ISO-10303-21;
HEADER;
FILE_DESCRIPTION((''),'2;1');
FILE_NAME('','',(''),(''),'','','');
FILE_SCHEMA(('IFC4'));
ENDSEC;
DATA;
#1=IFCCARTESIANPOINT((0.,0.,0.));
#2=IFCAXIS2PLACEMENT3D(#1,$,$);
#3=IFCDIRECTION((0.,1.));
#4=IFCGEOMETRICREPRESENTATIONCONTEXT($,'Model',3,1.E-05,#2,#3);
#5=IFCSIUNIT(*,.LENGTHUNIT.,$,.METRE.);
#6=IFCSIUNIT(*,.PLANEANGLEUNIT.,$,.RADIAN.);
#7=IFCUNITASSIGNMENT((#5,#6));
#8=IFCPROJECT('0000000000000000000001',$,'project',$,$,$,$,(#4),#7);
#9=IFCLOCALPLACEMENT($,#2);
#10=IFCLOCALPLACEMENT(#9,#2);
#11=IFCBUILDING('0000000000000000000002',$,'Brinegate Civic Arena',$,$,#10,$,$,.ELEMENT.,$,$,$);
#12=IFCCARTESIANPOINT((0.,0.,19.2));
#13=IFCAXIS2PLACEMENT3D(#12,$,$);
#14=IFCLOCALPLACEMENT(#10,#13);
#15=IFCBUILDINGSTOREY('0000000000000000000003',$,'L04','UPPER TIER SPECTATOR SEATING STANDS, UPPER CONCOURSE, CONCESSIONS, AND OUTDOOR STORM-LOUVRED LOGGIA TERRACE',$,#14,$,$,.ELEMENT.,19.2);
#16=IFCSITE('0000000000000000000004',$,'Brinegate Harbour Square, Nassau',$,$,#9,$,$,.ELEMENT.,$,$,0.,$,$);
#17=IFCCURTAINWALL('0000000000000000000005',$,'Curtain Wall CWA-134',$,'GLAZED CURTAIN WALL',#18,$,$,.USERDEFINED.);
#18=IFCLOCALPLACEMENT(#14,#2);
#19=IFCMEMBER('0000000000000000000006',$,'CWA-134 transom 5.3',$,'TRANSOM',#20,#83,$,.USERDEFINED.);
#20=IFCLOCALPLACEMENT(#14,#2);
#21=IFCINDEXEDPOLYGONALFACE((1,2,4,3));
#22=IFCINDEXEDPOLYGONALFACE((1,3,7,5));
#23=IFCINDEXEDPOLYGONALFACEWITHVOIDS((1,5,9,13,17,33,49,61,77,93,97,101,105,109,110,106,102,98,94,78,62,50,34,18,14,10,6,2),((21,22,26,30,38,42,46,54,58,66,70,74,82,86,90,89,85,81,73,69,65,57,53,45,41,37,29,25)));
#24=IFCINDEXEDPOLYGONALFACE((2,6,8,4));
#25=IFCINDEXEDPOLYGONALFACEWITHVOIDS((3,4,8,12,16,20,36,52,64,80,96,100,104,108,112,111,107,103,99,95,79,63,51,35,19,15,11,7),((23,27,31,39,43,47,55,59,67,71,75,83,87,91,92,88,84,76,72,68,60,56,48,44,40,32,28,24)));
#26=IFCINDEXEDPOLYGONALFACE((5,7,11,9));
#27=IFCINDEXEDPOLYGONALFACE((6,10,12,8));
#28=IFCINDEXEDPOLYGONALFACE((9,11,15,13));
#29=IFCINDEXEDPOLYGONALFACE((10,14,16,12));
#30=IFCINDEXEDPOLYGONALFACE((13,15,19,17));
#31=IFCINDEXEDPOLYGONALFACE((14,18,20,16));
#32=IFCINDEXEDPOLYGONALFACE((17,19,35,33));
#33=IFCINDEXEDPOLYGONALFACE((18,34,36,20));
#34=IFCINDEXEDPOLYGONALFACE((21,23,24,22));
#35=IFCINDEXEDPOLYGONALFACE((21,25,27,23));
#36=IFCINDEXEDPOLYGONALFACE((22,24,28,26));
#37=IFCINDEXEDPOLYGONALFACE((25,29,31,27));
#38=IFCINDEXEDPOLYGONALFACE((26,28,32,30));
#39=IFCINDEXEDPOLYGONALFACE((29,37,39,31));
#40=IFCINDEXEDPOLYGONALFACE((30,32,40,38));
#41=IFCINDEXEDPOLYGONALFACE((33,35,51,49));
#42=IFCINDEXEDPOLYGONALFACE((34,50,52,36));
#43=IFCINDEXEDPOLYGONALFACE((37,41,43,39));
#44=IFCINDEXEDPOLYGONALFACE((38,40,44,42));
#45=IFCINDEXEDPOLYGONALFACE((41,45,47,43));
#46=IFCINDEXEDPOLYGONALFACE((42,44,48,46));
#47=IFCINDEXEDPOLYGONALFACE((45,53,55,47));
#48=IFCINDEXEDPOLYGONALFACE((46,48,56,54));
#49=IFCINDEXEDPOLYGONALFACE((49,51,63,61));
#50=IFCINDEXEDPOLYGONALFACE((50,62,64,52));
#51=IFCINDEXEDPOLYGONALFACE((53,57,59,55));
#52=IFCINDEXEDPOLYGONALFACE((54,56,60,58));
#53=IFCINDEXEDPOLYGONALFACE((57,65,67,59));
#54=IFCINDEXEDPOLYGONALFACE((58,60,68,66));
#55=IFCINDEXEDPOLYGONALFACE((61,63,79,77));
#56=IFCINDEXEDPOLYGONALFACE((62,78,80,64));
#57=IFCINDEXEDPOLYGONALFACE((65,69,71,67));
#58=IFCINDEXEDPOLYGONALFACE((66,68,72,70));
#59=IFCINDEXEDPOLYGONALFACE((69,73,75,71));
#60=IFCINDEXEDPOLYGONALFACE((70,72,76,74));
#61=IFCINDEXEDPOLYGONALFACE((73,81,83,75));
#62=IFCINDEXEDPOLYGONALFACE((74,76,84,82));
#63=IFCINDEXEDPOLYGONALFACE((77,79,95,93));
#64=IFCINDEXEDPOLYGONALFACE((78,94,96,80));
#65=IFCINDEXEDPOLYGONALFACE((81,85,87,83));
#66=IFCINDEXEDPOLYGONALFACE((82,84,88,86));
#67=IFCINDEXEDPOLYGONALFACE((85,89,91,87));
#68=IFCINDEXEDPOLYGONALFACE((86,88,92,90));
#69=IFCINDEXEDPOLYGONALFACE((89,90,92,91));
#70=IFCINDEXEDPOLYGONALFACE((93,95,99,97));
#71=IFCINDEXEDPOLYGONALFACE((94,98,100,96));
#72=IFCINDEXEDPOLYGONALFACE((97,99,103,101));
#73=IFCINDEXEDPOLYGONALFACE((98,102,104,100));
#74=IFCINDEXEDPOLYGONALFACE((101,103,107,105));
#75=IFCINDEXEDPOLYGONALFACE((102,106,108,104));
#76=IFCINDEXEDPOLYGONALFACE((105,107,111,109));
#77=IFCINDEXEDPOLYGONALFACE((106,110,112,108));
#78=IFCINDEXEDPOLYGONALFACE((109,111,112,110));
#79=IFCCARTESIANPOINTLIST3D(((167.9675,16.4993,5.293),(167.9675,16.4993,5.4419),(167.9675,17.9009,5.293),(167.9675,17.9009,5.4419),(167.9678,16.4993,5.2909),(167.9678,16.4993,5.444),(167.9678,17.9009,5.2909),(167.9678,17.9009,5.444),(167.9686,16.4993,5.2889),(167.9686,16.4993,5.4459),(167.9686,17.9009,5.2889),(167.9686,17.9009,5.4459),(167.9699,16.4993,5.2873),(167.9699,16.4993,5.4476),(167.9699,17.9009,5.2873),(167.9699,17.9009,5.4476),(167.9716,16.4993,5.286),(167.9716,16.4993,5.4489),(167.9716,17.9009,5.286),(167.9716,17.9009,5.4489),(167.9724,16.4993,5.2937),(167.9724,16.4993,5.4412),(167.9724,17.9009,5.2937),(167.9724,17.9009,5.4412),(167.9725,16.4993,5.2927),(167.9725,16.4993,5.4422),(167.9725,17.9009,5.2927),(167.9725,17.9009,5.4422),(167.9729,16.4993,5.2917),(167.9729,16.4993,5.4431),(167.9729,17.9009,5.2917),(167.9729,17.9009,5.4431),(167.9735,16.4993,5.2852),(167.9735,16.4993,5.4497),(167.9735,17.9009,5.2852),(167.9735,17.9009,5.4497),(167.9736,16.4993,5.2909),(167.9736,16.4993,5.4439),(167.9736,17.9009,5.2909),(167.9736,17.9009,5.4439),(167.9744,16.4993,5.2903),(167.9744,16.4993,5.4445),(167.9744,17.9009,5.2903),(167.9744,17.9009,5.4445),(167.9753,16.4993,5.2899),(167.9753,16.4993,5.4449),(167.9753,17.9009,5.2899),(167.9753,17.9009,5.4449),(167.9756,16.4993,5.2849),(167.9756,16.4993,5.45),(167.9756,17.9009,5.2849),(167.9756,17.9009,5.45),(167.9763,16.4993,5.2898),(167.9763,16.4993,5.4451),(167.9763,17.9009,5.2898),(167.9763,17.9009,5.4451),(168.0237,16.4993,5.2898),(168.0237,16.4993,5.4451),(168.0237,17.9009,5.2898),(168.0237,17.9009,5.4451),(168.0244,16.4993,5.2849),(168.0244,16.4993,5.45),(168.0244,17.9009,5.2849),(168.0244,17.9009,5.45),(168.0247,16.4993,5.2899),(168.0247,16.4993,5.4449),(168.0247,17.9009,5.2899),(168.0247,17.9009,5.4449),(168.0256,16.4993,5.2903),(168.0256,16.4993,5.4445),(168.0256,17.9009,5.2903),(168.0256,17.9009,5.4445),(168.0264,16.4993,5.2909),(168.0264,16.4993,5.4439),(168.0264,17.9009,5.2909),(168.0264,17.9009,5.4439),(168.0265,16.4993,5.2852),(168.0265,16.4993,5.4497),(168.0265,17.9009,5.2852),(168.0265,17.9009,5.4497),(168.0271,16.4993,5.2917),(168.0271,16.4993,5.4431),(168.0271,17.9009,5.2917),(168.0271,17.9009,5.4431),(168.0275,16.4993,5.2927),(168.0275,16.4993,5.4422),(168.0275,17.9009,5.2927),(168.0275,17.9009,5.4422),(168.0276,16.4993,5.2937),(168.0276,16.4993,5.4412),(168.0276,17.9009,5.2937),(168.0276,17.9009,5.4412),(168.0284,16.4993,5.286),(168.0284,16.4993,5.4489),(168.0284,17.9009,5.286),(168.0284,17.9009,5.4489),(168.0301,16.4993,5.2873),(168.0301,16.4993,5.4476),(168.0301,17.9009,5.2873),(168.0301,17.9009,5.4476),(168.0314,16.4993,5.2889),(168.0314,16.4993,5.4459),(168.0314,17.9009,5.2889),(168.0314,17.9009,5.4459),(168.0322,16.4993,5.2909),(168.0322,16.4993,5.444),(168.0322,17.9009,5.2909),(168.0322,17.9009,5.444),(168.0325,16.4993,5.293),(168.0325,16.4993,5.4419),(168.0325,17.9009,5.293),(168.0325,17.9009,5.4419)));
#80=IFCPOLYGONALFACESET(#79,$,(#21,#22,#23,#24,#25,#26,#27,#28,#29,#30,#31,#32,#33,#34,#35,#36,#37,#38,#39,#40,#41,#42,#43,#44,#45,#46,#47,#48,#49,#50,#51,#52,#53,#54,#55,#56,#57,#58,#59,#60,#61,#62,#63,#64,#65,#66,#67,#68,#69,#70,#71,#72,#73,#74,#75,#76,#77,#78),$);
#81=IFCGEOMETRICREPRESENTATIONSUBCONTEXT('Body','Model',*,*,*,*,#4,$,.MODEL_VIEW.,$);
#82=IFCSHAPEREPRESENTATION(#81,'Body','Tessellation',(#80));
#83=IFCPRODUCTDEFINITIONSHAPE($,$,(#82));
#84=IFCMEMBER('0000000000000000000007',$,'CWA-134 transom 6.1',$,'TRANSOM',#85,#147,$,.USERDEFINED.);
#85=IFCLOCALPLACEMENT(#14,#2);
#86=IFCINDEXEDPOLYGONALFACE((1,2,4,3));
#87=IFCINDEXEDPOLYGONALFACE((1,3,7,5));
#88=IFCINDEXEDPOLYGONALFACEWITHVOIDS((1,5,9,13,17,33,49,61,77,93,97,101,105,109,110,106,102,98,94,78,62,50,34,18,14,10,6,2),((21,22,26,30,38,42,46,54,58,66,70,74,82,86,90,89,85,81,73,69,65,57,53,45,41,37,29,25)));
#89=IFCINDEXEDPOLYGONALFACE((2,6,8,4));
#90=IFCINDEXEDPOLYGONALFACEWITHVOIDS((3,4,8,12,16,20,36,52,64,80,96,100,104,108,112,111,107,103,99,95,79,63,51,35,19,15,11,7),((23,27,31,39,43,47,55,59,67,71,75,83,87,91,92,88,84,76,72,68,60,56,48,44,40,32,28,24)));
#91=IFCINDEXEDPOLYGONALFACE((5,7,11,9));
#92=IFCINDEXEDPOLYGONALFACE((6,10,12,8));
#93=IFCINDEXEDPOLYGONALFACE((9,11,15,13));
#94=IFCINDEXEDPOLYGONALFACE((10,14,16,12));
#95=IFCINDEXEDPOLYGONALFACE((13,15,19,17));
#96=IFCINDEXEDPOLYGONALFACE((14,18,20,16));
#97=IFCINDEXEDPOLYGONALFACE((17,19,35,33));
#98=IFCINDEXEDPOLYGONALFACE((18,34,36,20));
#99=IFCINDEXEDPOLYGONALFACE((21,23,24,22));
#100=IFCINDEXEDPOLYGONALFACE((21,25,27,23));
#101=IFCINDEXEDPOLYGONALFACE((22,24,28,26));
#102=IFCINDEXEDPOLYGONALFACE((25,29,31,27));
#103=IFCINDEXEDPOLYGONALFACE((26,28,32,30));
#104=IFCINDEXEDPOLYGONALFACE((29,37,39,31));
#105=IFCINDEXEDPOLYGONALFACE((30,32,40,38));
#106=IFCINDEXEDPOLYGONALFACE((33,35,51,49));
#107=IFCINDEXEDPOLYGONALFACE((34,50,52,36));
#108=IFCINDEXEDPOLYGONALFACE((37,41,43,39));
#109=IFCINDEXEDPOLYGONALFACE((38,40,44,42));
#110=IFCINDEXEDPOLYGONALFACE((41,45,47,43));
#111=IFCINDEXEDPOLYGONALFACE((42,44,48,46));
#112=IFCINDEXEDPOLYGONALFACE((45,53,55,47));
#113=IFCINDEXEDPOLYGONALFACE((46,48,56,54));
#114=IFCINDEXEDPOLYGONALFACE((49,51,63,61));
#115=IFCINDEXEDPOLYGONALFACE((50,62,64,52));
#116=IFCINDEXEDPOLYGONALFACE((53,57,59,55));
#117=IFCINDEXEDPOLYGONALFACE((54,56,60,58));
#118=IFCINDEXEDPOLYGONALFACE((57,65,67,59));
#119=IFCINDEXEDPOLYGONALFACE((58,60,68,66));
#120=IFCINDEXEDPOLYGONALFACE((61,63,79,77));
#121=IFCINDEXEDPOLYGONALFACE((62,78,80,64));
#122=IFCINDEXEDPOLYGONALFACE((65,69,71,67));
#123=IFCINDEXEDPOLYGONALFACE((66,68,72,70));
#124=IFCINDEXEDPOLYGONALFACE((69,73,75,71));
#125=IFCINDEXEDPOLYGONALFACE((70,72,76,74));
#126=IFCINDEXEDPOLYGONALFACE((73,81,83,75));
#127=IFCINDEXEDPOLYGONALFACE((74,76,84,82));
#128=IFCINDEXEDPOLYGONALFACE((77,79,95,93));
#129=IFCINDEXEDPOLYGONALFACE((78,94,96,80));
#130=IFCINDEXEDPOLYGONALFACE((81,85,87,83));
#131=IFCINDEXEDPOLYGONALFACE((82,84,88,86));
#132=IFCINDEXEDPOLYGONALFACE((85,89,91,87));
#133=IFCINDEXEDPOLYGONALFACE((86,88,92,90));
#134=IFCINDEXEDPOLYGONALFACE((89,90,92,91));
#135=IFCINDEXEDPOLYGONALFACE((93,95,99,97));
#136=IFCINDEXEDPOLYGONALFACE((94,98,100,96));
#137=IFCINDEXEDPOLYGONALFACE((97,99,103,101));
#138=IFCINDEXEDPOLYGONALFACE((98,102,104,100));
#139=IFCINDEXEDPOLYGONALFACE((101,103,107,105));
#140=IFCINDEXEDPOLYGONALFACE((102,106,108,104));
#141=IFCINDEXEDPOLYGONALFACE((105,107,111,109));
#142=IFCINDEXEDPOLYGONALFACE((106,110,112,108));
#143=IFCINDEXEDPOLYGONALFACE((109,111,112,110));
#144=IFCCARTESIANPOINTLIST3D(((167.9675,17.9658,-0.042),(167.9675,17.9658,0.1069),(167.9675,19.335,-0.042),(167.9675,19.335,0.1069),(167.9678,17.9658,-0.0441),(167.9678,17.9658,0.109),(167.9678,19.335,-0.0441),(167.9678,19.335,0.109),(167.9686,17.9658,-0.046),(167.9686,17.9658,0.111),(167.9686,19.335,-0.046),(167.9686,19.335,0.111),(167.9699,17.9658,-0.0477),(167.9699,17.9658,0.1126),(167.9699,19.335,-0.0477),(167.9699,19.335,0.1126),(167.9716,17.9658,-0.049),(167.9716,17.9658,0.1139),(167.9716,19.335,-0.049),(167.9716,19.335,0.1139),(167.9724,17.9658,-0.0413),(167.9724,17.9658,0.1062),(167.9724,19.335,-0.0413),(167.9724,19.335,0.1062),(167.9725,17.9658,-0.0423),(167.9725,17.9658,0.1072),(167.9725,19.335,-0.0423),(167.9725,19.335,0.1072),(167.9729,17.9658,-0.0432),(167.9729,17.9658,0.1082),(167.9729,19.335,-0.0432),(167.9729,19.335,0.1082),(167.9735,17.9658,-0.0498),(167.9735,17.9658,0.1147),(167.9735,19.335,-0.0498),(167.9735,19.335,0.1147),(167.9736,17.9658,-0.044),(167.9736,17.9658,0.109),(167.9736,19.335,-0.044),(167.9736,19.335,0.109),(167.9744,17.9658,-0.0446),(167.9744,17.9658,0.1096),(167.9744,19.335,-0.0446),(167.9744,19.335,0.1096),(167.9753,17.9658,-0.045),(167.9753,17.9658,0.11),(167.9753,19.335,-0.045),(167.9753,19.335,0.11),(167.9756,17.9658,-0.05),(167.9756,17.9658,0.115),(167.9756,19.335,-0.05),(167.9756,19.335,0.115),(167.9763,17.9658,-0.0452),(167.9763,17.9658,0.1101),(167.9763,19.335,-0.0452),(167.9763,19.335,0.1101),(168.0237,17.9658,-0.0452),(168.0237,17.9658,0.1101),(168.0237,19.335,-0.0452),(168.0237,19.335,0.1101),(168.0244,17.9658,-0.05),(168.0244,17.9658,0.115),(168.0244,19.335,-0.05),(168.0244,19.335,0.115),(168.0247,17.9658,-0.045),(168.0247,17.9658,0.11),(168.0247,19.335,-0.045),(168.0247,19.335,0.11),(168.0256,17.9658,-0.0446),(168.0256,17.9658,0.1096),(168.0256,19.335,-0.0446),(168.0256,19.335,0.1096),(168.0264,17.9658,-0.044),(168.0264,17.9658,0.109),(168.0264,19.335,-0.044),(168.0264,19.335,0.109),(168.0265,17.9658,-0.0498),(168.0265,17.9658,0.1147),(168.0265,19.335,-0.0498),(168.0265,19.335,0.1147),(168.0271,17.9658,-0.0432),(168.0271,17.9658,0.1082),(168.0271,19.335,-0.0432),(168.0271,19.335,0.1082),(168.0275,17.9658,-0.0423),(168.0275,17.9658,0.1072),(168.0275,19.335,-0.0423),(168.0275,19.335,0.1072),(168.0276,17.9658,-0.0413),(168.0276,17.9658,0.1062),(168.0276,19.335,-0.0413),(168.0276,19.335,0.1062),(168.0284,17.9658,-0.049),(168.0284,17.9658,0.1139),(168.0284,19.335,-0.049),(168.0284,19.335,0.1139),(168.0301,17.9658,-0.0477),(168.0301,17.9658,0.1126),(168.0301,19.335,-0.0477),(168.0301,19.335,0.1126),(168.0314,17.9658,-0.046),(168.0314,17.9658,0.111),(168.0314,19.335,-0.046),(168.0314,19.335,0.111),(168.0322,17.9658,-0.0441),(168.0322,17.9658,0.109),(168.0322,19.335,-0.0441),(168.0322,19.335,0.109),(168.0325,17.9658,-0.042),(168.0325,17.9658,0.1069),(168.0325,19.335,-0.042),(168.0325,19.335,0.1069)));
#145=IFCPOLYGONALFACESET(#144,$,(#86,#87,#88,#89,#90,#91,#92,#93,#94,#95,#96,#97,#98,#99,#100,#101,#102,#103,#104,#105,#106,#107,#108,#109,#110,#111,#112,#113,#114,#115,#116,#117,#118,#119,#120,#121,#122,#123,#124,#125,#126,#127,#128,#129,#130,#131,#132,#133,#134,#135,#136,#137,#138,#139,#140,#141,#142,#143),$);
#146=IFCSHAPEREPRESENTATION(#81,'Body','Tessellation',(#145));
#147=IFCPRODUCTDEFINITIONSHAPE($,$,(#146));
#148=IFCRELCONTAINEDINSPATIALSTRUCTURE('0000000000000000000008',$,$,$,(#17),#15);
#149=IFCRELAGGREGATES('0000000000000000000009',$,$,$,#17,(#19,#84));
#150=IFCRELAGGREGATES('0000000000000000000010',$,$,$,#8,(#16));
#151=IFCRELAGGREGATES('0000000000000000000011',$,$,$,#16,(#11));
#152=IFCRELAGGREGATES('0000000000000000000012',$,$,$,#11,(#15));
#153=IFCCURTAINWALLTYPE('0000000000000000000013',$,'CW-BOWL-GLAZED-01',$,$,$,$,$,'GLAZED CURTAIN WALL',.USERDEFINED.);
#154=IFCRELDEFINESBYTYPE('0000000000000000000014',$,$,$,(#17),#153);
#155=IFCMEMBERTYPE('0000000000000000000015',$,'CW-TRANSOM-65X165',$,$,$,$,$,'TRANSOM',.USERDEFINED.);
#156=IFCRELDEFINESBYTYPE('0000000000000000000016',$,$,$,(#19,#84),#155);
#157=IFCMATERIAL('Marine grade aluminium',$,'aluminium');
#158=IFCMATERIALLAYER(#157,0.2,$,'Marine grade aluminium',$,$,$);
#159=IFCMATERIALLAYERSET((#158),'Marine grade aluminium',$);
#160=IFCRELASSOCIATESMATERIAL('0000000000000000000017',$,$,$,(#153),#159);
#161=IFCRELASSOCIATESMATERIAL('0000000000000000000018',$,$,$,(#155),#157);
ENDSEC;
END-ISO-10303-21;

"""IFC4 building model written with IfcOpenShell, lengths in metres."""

from ifc_helpers import new_model, si_unit, direction, frame, origin, origin_2d, place, context, subcontext, project, spatial, hollow_rectangle, extrude, material, layer, layer_set, material_profile, profile_set, type_object, element, aggregate, save


model = new_model("IFC4")

# Units and contexts
model_context = context("Model", 3, precision=1e-05, world=origin(), true_north=direction((0.0, 1.0)))
body_context = subcontext(model_context, "Body", "Model", "MODEL_VIEW")
ifc_project = project(units=[si_unit("LENGTHUNIT", "METRE"), si_unit("PLANEANGLEUNIT", "RADIAN")], contexts=[model_context])

# Site, building, storey
site_placement = place(None, origin())
site = spatial("IfcSite", under=ifc_project, at=site_placement, Name="Brinegate Harbour Square, Nassau", CompositionType="ELEMENT", RefElevation=0.0)
building_placement = place(site_placement, origin())
building = spatial("IfcBuilding", under=site, at=building_placement, Name="Brinegate Civic Arena", CompositionType="ELEMENT")
storey_placement = place(building_placement, frame((0.0, 0.0, 19.2)))
storey = spatial("IfcBuildingStorey", under=building, at=storey_placement, Name="L04", Description="UPPER TIER SPECTATOR SEATING STANDS, UPPER CONCOURSE, CONCESSIONS, AND OUTDOOR STORM-LOUVRED LOGGIA TERRACE", CompositionType="ELEMENT", Elevation=19.2)

# Curtain wall, members
ifc_material_1 = material(Name="Marine grade aluminium", Category="aluminium")
ifc_layer_1 = layer(ifc_material_1, 0.2, Name="Marine grade aluminium")
ifc_layer_set_1 = layer_set([ifc_layer_1], Name="Marine grade aluminium")
curtain_wall_type = type_object("IfcCurtainWallType", Name="CW-BOWL-GLAZED-01", ElementType="GLAZED CURTAIN WALL", PredefinedType="USERDEFINED", material=ifc_layer_set_1)
curtain_wall_placement = place(storey_placement, origin())
curtain_wall = element("IfcCurtainWall", 1, at=curtain_wall_placement, inside=storey, type_object=curtain_wall_type, Name="Curtain Wall CWA-134", ObjectType="GLAZED CURTAIN WALL", PredefinedType="USERDEFINED")
ifc_material_profile_1 = material_profile(ifc_material_1, hollow_rectangle(XDim=0.0649, YDim=0.165, WallThickness=0.0049, InnerFilletRadius=0.0039, OuterFilletRadius=0.0081, at=origin_2d()), Name="TRN65X165")
ifc_profile_set_1 = profile_set([ifc_material_profile_1], Name="Marine grade aluminium")
member_type_1 = type_object("IfcMemberType", Name="CW-TRANSOM-65X165", ElementType="TRANSOM", PredefinedType="USERDEFINED", material=ifc_profile_set_1)
member_1_placement = place(storey_placement, frame((168.0, 16.4993, 5.3674), z_axis=(0.0, 1.0, 0.0), x_axis=(-1.0, 0.0, 0.0)))
member_1 = element("IfcMember", 2, at=member_1_placement, type_object=member_type_1, Name="CWA-134 transom 5.3", ObjectType="TRANSOM", PredefinedType="USERDEFINED", context=body_context, shape_type="SweptSolid", body=[
    extrude(hollow_rectangle(XDim=0.0649, YDim=0.165, WallThickness=0.0049, InnerFilletRadius=0.0039, OuterFilletRadius=0.0081, at=origin_2d()), origin(), (0.0, 0.0, 1.0), 1.4016),
])
member_2_placement = place(storey_placement, frame((168.0, 17.9658, 0.0325), z_axis=(0.0, 1.0, 0.0), x_axis=(-1.0, 0.0, 0.0)))
member_2 = element("IfcMember", 3, at=member_2_placement, type_object=member_type_1, Name="CWA-134 transom 6.1", ObjectType="TRANSOM", PredefinedType="USERDEFINED", context=body_context, shape_type="SweptSolid", body=[
    extrude(hollow_rectangle(XDim=0.0649, YDim=0.165, WallThickness=0.0049, InnerFilletRadius=0.0039, OuterFilletRadius=0.0081, at=origin_2d()), origin(), (0.0, 0.0, 1.0), 1.3691),
])

aggregate(curtain_wall, [member_1, member_2])

save(model, "model.ifc")
